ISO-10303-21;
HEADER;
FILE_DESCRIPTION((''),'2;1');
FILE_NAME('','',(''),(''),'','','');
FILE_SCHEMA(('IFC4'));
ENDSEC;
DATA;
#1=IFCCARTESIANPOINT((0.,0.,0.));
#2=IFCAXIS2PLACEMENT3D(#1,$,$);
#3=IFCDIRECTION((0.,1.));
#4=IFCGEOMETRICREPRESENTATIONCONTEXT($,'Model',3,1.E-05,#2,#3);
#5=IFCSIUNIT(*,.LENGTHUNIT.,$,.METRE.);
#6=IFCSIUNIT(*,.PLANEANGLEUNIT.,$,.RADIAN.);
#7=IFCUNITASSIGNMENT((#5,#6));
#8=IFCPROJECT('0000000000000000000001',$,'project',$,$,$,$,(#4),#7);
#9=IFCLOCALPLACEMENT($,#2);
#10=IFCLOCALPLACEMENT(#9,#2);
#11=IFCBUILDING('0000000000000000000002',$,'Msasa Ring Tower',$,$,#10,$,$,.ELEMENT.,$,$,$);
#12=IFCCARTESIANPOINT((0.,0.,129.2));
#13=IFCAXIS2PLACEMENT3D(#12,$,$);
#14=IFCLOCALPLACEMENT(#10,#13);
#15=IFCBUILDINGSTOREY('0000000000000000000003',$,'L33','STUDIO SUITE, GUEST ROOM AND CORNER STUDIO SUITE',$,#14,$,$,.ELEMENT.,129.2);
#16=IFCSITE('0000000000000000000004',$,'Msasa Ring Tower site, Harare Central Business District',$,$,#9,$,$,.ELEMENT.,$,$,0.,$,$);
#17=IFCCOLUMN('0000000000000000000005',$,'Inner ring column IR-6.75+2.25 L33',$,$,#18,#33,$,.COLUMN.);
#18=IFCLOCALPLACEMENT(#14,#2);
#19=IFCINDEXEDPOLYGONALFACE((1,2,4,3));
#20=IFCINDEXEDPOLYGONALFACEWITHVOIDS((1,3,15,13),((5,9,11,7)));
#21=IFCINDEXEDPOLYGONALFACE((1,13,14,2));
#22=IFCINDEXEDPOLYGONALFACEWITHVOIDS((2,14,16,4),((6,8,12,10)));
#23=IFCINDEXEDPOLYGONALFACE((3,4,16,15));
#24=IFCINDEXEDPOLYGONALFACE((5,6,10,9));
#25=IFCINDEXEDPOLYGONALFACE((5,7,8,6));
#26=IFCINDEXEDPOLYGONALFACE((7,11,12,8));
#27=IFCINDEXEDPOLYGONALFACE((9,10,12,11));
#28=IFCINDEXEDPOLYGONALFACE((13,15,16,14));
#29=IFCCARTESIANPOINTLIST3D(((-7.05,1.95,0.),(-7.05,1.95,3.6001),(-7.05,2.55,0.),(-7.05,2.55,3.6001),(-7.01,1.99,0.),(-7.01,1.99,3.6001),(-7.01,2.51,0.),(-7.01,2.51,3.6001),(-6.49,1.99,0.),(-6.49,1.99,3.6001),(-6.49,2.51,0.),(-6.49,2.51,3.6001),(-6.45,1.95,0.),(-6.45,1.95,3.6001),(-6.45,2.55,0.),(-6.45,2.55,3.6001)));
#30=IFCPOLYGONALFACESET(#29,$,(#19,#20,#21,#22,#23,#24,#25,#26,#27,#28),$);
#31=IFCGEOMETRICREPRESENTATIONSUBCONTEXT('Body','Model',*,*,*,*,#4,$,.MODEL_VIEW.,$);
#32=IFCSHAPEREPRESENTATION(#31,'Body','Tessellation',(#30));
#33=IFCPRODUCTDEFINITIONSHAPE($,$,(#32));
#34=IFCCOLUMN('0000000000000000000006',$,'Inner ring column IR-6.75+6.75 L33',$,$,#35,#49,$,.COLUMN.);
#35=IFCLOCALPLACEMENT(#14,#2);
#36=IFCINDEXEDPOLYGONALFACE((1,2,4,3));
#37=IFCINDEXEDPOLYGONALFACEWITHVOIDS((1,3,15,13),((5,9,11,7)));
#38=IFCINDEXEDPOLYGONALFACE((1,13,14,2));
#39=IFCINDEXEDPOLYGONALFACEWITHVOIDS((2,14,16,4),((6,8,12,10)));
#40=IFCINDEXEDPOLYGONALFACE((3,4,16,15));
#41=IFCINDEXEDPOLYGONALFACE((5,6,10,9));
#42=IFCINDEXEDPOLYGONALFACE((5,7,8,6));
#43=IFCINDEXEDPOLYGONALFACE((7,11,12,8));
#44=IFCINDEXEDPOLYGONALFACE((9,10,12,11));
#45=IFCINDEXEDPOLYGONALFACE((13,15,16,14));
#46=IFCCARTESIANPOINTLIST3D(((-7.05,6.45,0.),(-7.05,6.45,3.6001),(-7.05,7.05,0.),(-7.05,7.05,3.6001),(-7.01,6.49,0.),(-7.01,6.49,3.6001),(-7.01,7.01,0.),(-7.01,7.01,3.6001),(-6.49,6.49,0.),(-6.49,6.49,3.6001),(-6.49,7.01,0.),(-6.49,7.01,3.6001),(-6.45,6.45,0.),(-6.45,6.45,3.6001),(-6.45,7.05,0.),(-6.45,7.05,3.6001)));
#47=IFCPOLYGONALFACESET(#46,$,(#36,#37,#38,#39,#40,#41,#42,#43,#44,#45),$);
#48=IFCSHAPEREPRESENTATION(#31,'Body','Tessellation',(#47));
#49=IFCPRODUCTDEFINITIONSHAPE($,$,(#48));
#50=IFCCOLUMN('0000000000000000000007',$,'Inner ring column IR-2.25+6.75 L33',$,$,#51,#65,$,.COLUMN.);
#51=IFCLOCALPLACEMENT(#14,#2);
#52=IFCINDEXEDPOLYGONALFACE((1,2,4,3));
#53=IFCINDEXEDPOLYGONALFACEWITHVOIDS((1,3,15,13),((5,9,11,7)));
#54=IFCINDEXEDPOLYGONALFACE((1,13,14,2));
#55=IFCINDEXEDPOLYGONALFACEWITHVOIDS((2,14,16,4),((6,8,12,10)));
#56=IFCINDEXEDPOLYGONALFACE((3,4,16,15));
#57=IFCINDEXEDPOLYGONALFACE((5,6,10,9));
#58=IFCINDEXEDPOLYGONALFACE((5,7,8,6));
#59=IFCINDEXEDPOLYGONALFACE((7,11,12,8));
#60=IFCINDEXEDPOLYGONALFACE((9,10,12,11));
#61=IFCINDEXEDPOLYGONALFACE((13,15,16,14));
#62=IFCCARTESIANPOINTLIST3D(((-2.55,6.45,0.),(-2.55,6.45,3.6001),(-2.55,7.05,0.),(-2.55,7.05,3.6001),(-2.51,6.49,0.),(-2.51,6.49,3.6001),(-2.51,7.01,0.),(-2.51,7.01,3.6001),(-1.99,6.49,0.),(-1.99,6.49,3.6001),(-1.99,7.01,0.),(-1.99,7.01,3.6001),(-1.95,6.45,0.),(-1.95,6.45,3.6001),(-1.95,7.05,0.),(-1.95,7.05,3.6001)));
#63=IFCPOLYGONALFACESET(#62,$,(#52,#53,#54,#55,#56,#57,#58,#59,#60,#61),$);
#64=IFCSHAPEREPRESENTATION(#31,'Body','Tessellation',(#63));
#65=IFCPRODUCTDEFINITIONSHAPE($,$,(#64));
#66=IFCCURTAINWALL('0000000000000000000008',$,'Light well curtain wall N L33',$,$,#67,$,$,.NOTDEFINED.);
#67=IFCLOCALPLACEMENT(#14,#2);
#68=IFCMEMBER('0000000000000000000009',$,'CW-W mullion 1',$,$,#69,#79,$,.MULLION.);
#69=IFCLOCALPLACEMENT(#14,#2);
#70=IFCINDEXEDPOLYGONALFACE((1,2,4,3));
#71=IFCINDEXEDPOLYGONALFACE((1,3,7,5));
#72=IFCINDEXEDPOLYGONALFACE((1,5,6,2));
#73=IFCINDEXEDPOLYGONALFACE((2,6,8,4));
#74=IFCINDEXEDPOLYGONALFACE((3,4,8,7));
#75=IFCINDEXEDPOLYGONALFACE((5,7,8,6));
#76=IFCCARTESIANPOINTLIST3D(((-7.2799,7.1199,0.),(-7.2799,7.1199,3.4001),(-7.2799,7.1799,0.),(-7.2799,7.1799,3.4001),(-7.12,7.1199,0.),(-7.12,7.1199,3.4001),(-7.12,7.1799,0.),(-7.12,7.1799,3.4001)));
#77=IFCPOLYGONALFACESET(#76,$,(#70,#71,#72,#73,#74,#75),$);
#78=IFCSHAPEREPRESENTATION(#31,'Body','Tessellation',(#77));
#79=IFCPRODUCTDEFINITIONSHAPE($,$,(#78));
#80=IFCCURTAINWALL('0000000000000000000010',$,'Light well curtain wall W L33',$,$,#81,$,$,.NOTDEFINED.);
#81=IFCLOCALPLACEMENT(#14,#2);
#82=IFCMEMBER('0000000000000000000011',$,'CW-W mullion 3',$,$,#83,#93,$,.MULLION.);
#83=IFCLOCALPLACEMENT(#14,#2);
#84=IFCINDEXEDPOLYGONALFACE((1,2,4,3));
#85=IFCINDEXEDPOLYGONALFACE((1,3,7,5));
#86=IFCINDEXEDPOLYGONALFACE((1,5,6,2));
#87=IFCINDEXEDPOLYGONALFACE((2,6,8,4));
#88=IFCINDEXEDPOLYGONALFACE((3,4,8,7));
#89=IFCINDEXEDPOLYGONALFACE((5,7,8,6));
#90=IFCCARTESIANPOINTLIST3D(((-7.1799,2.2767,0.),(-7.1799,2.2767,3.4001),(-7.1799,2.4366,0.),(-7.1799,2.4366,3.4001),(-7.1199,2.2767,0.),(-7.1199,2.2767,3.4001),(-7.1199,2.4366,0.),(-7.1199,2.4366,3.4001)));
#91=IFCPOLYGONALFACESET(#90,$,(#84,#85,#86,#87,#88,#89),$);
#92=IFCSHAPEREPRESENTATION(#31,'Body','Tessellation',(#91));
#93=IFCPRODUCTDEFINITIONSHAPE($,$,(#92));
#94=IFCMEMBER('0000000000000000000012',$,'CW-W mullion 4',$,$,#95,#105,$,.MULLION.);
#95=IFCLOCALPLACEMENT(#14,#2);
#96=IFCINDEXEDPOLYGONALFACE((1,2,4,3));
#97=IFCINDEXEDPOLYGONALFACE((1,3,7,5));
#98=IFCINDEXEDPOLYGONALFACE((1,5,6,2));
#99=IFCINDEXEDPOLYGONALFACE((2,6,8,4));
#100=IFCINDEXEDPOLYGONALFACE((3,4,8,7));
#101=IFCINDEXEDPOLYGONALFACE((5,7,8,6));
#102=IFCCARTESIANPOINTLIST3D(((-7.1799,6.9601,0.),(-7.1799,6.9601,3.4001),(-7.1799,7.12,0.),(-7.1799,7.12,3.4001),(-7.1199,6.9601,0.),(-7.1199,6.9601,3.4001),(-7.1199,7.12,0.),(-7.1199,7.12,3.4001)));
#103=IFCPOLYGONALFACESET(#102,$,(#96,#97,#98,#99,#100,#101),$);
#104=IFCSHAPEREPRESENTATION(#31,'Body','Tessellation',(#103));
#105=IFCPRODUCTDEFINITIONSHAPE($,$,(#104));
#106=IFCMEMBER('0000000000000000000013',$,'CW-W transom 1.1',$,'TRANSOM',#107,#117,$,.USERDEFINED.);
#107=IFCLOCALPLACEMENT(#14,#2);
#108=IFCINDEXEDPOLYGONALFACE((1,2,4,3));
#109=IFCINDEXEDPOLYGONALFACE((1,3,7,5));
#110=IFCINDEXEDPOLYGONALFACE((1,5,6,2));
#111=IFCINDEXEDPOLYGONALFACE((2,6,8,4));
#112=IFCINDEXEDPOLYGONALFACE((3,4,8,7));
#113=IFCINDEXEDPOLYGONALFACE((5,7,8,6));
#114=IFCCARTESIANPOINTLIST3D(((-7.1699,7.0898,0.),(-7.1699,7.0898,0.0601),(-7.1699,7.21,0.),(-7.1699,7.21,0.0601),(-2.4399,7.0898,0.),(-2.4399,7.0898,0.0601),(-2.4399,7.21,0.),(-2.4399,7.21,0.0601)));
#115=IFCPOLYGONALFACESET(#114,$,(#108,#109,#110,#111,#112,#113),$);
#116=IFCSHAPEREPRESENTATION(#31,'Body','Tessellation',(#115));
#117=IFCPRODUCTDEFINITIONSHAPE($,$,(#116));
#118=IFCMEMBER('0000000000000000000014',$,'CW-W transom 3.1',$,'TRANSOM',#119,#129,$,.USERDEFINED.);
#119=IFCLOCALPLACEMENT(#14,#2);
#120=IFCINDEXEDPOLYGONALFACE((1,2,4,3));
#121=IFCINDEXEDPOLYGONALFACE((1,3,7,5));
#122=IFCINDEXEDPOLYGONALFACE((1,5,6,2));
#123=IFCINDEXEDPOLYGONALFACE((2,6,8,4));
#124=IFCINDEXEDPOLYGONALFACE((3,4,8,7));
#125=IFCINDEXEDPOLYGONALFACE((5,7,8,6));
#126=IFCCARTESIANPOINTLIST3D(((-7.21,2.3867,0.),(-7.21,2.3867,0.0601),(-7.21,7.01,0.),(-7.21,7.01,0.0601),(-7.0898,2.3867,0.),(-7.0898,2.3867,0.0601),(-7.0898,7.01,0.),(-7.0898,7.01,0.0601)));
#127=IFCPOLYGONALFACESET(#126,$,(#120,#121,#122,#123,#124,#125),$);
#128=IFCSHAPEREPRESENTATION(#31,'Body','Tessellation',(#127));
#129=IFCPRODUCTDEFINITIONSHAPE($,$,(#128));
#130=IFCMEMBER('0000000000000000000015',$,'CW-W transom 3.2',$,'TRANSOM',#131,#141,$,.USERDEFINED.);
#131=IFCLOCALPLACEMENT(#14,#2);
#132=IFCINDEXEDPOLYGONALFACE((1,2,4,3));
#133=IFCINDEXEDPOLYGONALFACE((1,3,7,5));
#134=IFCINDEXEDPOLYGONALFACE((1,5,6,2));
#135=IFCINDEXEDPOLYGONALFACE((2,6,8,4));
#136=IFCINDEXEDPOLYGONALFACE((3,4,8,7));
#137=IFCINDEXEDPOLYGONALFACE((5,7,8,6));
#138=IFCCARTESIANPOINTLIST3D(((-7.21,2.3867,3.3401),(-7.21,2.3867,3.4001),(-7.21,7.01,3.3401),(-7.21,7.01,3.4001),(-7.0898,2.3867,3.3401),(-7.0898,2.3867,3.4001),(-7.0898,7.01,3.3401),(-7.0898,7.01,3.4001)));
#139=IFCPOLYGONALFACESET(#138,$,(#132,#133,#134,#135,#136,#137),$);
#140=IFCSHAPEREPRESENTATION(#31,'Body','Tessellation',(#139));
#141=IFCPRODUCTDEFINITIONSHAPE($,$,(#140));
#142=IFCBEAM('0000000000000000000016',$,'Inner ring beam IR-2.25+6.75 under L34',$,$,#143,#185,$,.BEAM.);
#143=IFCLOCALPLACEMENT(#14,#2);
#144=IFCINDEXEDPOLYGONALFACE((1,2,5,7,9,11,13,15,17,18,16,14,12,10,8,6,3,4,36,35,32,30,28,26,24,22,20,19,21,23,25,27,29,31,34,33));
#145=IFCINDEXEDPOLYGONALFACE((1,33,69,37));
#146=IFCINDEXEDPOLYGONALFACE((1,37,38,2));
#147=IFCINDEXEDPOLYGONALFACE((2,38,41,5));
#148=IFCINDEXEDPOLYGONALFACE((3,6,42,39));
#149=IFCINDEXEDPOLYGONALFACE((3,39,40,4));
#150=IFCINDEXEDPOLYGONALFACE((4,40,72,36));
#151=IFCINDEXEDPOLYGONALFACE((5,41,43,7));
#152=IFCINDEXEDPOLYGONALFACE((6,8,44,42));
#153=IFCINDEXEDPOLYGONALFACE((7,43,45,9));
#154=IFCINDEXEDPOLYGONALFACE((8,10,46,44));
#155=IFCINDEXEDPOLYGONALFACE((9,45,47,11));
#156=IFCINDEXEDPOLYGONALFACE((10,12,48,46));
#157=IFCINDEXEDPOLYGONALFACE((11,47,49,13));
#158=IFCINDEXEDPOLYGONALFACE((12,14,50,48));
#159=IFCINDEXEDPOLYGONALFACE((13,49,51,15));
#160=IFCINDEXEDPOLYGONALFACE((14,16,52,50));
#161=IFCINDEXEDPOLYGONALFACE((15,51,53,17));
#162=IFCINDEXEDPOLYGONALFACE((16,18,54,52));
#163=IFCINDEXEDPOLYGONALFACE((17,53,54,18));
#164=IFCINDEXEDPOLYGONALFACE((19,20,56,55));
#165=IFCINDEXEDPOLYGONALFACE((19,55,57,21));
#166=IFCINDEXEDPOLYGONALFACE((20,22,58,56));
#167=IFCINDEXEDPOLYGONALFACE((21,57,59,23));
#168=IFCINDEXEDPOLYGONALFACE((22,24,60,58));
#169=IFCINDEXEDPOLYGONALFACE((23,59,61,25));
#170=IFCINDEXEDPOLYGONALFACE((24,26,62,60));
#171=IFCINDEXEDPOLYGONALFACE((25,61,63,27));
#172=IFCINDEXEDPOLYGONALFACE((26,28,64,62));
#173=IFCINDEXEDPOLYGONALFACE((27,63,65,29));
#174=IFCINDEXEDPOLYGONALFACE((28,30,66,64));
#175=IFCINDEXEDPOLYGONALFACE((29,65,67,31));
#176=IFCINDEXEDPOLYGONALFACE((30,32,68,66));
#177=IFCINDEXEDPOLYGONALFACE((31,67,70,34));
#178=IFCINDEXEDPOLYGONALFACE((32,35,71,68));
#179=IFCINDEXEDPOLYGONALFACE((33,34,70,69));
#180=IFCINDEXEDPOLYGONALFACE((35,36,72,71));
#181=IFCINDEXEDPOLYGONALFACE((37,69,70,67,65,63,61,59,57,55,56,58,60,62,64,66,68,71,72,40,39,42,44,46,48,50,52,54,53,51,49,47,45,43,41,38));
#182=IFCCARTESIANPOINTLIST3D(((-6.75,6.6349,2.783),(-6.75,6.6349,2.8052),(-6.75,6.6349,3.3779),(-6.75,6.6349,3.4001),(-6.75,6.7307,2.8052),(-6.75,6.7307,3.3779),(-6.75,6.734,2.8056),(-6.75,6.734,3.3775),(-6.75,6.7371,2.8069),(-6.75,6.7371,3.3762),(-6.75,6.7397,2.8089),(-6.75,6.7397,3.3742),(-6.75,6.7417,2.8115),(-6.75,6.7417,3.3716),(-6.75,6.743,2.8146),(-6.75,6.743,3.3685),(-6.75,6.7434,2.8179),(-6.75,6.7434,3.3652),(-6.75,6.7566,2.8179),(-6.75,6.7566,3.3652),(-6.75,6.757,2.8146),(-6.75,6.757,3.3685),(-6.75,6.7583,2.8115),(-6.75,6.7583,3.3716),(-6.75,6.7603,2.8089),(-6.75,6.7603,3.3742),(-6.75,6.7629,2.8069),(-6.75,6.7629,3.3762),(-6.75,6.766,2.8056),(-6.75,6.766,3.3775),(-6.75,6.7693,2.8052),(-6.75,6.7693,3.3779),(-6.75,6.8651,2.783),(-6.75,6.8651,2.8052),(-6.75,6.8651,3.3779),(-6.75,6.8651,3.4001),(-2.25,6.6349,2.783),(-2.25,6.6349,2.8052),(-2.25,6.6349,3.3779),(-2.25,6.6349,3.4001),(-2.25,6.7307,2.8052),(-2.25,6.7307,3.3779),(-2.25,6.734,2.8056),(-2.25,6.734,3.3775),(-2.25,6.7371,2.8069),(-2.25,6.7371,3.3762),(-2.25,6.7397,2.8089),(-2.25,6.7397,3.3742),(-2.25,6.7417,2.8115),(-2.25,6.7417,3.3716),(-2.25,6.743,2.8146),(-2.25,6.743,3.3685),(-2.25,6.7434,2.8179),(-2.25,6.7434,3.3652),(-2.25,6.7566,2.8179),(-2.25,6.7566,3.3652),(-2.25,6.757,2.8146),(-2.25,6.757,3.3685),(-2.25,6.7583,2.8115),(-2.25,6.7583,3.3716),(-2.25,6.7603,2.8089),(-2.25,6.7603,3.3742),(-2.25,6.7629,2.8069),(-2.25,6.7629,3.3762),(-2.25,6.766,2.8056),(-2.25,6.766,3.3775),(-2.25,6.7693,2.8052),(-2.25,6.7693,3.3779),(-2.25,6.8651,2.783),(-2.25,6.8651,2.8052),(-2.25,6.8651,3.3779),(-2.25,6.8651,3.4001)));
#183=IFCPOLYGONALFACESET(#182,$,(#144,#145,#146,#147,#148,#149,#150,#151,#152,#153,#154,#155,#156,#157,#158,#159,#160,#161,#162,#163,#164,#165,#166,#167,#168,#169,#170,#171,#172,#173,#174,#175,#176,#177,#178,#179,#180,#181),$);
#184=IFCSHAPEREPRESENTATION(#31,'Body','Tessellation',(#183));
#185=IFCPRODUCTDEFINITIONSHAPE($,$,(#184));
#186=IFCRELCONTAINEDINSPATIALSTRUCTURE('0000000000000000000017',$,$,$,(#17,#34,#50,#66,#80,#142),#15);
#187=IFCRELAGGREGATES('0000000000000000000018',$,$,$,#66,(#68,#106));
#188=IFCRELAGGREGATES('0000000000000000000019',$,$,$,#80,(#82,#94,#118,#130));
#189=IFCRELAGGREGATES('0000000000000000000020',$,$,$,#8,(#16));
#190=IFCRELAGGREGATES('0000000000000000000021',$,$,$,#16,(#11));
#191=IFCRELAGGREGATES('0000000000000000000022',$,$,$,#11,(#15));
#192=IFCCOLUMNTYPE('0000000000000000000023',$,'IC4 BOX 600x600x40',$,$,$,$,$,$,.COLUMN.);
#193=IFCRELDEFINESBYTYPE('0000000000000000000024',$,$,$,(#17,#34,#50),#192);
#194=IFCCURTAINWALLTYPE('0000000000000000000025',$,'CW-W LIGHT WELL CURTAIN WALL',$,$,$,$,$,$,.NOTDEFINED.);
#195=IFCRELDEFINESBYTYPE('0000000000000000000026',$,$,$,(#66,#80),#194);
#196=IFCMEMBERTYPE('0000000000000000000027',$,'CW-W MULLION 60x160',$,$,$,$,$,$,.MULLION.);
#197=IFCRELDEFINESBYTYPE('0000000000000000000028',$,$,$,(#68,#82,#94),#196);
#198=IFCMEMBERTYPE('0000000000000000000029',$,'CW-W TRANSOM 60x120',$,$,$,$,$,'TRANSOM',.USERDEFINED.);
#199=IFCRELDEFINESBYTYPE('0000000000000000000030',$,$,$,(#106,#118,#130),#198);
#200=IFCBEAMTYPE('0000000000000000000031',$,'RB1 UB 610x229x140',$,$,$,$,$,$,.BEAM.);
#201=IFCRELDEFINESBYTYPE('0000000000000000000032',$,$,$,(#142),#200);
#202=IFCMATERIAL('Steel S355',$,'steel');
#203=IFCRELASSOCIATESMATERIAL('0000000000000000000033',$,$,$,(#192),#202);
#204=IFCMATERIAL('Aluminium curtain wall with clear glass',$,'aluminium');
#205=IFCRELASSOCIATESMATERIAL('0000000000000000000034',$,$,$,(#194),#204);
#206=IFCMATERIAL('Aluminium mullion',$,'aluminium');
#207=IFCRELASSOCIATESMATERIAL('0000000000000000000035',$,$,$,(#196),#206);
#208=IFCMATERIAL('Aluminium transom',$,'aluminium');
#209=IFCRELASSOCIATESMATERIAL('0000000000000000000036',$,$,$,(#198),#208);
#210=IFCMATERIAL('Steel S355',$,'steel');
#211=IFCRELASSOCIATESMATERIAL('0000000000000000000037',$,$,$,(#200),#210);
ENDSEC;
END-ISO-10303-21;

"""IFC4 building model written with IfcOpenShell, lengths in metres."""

from ifc_helpers import new_model, si_unit, direction, frame, origin, origin_2d, place, context, subcontext, project, spatial, rectangle, hollow_rectangle, i_section, extrude, material, material_profile, profile_set, type_object, element, aggregate, save


model = new_model("IFC4")

# Units and contexts
model_context = context("Model", 3, precision=1e-05, world=origin(), true_north=direction((0.0, 1.0)))
body_context = subcontext(model_context, "Body", "Model", "MODEL_VIEW")
ifc_project = project(units=[si_unit("LENGTHUNIT", "METRE"), si_unit("PLANEANGLEUNIT", "RADIAN")], contexts=[model_context])

# Site, building, storey
site_placement = place(None, origin())
site = spatial("IfcSite", under=ifc_project, at=site_placement, Name="Msasa Ring Tower site, Harare Central Business District", CompositionType="ELEMENT", RefElevation=0.0)
building_placement = place(site_placement, origin())
building = spatial("IfcBuilding", under=site, at=building_placement, Name="Msasa Ring Tower", CompositionType="ELEMENT")
storey_placement = place(building_placement, frame((0.0, 0.0, 129.2)))
storey = spatial("IfcBuildingStorey", under=building, at=storey_placement, Name="L33", Description="STUDIO SUITE, GUEST ROOM AND CORNER STUDIO SUITE", CompositionType="ELEMENT", Elevation=129.2)

# Columns
ifc_material_1 = material(Name="Steel S355", Category="steel")
ifc_material_profile_1 = material_profile(ifc_material_1, hollow_rectangle(XDim=0.6001, YDim=0.6001, WallThickness=0.04, at=origin_2d()), Name="BOX 600x600x40")
ifc_profile_set_1 = profile_set([ifc_material_profile_1], Name="Steel S355")
column_type = type_object("IfcColumnType", Name="IC4 BOX 600x600x40", PredefinedType="COLUMN", material=ifc_profile_set_1)
for number, where, z_axis, x_axis, name in (
    (1, (-6.75, 2.25, 0.0), (0.0, 0.0, 1.0), (1.0, 0.0, 0.0), "Inner ring column IR-6.75+2.25 L33"),
    (2, (-6.75, 6.75, 0.0), (0.0, 0.0, 1.0), (1.0, 0.0, 0.0), "Inner ring column IR-6.75+6.75 L33"),
    (3, (-2.25, 6.75, 0.0), (0.0, 0.0, 1.0), (1.0, 0.0, 0.0), "Inner ring column IR-2.25+6.75 L33"),
):
    element("IfcColumn", number, at=place(storey_placement, frame(where, z_axis=z_axis, x_axis=x_axis)), inside=storey, type_object=column_type, Name=name, PredefinedType="COLUMN", context=body_context, shape_type="SweptSolid", body=[
        extrude(hollow_rectangle(XDim=0.6001, YDim=0.6001, WallThickness=0.04, at=origin_2d()), origin(), (0.0, 0.0, 1.0), 3.6001),
    ])

# Curtain wall, member
ifc_material_2 = material(Name="Aluminium curtain wall with clear glass", Category="aluminium")
curtain_wall_type = type_object("IfcCurtainWallType", Name="CW-W LIGHT WELL CURTAIN WALL", PredefinedType="NOTDEFINED", material=ifc_material_2)
curtain_wall_1_placement = place(storey_placement, origin())
curtain_wall_1 = element("IfcCurtainWall", 4, at=curtain_wall_1_placement, inside=storey, type_object=curtain_wall_type, Name="Light well curtain wall N L33", PredefinedType="NOTDEFINED")
ifc_material_3 = material(Name="Aluminium mullion", Category="aluminium")
ifc_material_profile_2 = material_profile(ifc_material_3, rectangle(XDim=0.0601, YDim=0.1599, at=origin_2d()), Name="AL 60x160")
ifc_profile_set_2 = profile_set([ifc_material_profile_2], Name="Aluminium mullion")
member_type_1 = type_object("IfcMemberType", Name="CW-W MULLION 60x160", PredefinedType="MULLION", material=ifc_profile_set_2)
member_1_placement = place(storey_placement, frame((-7.2, 7.1499, 0.0), z_axis=(0.0, 0.0, 1.0), x_axis=(0.0, 1.0, 0.0)))
member_1 = element("IfcMember", 5, at=member_1_placement, type_object=member_type_1, Name="CW-W mullion 1", PredefinedType="MULLION", context=body_context, shape_type="SweptSolid", body=[
    extrude(rectangle(XDim=0.0601, YDim=0.1599, at=origin_2d()), origin(), (0.0, 0.0, 1.0), 3.4001),
])

# Curtain wall, members
curtain_wall_2_placement = place(storey_placement, origin())
curtain_wall_2 = element("IfcCurtainWall", 6, at=curtain_wall_2_placement, inside=storey, type_object=curtain_wall_type, Name="Light well curtain wall W L33", PredefinedType="NOTDEFINED")
member_2_placement = place(storey_placement, frame((-7.1499, 2.3567, 0.0), z_axis=(0.0, 0.0, 1.0), x_axis=(-1.0, 0.0, 0.0)))
member_2 = element("IfcMember", 7, at=member_2_placement, type_object=member_type_1, Name="CW-W mullion 3", PredefinedType="MULLION", context=body_context, shape_type="SweptSolid", body=[
    extrude(rectangle(XDim=0.0601, YDim=0.1599, at=origin_2d()), origin(), (0.0, 0.0, 1.0), 3.4001),
])
member_3_placement = place(storey_placement, frame((-7.1499, 7.04, 0.0), z_axis=(0.0, 0.0, 1.0), x_axis=(-1.0, 0.0, 0.0)))
member_3 = element("IfcMember", 8, at=member_3_placement, type_object=member_type_1, Name="CW-W mullion 4", PredefinedType="MULLION", context=body_context, shape_type="SweptSolid", body=[
    extrude(rectangle(XDim=0.0601, YDim=0.1599, at=origin_2d()), origin(), (0.0, 0.0, 1.0), 3.4001),
])

# Members
ifc_material_4 = material(Name="Aluminium transom", Category="aluminium")
ifc_material_profile_3 = material_profile(ifc_material_4, rectangle(XDim=0.1201, YDim=0.0601, at=origin_2d()), Name="AL 60x120")
ifc_profile_set_3 = profile_set([ifc_material_profile_3], Name="Aluminium transom")
member_type_2 = type_object("IfcMemberType", Name="CW-W TRANSOM 60x120", ElementType="TRANSOM", PredefinedType="USERDEFINED", material=ifc_profile_set_3)
member_4_placement = place(storey_placement, frame((-7.1699, 7.1499, 0.03), z_axis=(1.0, 0.0, 0.0), x_axis=(0.0, 1.0, 0.0)))
member_4 = element("IfcMember", 9, at=member_4_placement, type_object=member_type_2, Name="CW-W transom 1.1", ObjectType="TRANSOM", PredefinedType="USERDEFINED", context=body_context, shape_type="SweptSolid", body=[
    extrude(rectangle(XDim=0.1201, YDim=0.0601, at=origin_2d()), origin(), (0.0, 0.0, 1.0), 4.73),
])
aggregate(curtain_wall_1, [member_1, member_4])
member_5_placement = place(storey_placement, frame((-7.1499, 2.3867, 0.03), z_axis=(0.0, 1.0, 0.0), x_axis=(-1.0, 0.0, 0.0)))
member_5 = element("IfcMember", 10, at=member_5_placement, type_object=member_type_2, Name="CW-W transom 3.1", ObjectType="TRANSOM", PredefinedType="USERDEFINED", context=body_context, shape_type="SweptSolid", body=[
    extrude(rectangle(XDim=0.1201, YDim=0.0601, at=origin_2d()), origin(), (0.0, 0.0, 1.0), 4.6233),
])
member_6_placement = place(storey_placement, frame((-7.1499, 2.3867, 3.3701), z_axis=(0.0, 1.0, 0.0), x_axis=(-1.0, 0.0, 0.0)))
member_6 = element("IfcMember", 11, at=member_6_placement, type_object=member_type_2, Name="CW-W transom 3.2", ObjectType="TRANSOM", PredefinedType="USERDEFINED", context=body_context, shape_type="SweptSolid", body=[
    extrude(rectangle(XDim=0.1201, YDim=0.0601, at=origin_2d()), origin(), (0.0, 0.0, 1.0), 4.6233),
])

# Beam
ifc_material_5 = material(Name="Steel S355", Category="steel")
ifc_material_profile_4 = material_profile(ifc_material_5, i_section(OverallWidth=0.2302, OverallDepth=0.6172, WebThickness=0.0132, FlangeThickness=0.0222, FilletRadius=0.0127, at=origin_2d()), Name="UB 610x229x140")
ifc_profile_set_4 = profile_set([ifc_material_profile_4], Name="Steel S355")
beam_type = type_object("IfcBeamType", Name="RB1 UB 610x229x140", PredefinedType="BEAM", material=ifc_profile_set_4)
for number, where, z_axis, x_axis, name in (
    (12, (-2.25, 6.75, 3.0916), (-1.0, 0.0, 0.0), (0.0, -1.0, 0.0), "Inner ring beam IR-2.25+6.75 under L34"),
):
    element("IfcBeam", number, at=place(storey_placement, frame(where, z_axis=z_axis, x_axis=x_axis)), inside=storey, type_object=beam_type, Name=name, PredefinedType="BEAM", context=body_context, shape_type="SweptSolid", body=[
        extrude(i_section(OverallWidth=0.2302, OverallDepth=0.6172, WebThickness=0.0132, FlangeThickness=0.0222, FilletRadius=0.0127, at=origin_2d()), origin(), (0.0, 0.0, 1.0), 4.5),
    ])

aggregate(curtain_wall_2, [member_2, member_3, member_5, member_6])

save(model, "model.ifc")
